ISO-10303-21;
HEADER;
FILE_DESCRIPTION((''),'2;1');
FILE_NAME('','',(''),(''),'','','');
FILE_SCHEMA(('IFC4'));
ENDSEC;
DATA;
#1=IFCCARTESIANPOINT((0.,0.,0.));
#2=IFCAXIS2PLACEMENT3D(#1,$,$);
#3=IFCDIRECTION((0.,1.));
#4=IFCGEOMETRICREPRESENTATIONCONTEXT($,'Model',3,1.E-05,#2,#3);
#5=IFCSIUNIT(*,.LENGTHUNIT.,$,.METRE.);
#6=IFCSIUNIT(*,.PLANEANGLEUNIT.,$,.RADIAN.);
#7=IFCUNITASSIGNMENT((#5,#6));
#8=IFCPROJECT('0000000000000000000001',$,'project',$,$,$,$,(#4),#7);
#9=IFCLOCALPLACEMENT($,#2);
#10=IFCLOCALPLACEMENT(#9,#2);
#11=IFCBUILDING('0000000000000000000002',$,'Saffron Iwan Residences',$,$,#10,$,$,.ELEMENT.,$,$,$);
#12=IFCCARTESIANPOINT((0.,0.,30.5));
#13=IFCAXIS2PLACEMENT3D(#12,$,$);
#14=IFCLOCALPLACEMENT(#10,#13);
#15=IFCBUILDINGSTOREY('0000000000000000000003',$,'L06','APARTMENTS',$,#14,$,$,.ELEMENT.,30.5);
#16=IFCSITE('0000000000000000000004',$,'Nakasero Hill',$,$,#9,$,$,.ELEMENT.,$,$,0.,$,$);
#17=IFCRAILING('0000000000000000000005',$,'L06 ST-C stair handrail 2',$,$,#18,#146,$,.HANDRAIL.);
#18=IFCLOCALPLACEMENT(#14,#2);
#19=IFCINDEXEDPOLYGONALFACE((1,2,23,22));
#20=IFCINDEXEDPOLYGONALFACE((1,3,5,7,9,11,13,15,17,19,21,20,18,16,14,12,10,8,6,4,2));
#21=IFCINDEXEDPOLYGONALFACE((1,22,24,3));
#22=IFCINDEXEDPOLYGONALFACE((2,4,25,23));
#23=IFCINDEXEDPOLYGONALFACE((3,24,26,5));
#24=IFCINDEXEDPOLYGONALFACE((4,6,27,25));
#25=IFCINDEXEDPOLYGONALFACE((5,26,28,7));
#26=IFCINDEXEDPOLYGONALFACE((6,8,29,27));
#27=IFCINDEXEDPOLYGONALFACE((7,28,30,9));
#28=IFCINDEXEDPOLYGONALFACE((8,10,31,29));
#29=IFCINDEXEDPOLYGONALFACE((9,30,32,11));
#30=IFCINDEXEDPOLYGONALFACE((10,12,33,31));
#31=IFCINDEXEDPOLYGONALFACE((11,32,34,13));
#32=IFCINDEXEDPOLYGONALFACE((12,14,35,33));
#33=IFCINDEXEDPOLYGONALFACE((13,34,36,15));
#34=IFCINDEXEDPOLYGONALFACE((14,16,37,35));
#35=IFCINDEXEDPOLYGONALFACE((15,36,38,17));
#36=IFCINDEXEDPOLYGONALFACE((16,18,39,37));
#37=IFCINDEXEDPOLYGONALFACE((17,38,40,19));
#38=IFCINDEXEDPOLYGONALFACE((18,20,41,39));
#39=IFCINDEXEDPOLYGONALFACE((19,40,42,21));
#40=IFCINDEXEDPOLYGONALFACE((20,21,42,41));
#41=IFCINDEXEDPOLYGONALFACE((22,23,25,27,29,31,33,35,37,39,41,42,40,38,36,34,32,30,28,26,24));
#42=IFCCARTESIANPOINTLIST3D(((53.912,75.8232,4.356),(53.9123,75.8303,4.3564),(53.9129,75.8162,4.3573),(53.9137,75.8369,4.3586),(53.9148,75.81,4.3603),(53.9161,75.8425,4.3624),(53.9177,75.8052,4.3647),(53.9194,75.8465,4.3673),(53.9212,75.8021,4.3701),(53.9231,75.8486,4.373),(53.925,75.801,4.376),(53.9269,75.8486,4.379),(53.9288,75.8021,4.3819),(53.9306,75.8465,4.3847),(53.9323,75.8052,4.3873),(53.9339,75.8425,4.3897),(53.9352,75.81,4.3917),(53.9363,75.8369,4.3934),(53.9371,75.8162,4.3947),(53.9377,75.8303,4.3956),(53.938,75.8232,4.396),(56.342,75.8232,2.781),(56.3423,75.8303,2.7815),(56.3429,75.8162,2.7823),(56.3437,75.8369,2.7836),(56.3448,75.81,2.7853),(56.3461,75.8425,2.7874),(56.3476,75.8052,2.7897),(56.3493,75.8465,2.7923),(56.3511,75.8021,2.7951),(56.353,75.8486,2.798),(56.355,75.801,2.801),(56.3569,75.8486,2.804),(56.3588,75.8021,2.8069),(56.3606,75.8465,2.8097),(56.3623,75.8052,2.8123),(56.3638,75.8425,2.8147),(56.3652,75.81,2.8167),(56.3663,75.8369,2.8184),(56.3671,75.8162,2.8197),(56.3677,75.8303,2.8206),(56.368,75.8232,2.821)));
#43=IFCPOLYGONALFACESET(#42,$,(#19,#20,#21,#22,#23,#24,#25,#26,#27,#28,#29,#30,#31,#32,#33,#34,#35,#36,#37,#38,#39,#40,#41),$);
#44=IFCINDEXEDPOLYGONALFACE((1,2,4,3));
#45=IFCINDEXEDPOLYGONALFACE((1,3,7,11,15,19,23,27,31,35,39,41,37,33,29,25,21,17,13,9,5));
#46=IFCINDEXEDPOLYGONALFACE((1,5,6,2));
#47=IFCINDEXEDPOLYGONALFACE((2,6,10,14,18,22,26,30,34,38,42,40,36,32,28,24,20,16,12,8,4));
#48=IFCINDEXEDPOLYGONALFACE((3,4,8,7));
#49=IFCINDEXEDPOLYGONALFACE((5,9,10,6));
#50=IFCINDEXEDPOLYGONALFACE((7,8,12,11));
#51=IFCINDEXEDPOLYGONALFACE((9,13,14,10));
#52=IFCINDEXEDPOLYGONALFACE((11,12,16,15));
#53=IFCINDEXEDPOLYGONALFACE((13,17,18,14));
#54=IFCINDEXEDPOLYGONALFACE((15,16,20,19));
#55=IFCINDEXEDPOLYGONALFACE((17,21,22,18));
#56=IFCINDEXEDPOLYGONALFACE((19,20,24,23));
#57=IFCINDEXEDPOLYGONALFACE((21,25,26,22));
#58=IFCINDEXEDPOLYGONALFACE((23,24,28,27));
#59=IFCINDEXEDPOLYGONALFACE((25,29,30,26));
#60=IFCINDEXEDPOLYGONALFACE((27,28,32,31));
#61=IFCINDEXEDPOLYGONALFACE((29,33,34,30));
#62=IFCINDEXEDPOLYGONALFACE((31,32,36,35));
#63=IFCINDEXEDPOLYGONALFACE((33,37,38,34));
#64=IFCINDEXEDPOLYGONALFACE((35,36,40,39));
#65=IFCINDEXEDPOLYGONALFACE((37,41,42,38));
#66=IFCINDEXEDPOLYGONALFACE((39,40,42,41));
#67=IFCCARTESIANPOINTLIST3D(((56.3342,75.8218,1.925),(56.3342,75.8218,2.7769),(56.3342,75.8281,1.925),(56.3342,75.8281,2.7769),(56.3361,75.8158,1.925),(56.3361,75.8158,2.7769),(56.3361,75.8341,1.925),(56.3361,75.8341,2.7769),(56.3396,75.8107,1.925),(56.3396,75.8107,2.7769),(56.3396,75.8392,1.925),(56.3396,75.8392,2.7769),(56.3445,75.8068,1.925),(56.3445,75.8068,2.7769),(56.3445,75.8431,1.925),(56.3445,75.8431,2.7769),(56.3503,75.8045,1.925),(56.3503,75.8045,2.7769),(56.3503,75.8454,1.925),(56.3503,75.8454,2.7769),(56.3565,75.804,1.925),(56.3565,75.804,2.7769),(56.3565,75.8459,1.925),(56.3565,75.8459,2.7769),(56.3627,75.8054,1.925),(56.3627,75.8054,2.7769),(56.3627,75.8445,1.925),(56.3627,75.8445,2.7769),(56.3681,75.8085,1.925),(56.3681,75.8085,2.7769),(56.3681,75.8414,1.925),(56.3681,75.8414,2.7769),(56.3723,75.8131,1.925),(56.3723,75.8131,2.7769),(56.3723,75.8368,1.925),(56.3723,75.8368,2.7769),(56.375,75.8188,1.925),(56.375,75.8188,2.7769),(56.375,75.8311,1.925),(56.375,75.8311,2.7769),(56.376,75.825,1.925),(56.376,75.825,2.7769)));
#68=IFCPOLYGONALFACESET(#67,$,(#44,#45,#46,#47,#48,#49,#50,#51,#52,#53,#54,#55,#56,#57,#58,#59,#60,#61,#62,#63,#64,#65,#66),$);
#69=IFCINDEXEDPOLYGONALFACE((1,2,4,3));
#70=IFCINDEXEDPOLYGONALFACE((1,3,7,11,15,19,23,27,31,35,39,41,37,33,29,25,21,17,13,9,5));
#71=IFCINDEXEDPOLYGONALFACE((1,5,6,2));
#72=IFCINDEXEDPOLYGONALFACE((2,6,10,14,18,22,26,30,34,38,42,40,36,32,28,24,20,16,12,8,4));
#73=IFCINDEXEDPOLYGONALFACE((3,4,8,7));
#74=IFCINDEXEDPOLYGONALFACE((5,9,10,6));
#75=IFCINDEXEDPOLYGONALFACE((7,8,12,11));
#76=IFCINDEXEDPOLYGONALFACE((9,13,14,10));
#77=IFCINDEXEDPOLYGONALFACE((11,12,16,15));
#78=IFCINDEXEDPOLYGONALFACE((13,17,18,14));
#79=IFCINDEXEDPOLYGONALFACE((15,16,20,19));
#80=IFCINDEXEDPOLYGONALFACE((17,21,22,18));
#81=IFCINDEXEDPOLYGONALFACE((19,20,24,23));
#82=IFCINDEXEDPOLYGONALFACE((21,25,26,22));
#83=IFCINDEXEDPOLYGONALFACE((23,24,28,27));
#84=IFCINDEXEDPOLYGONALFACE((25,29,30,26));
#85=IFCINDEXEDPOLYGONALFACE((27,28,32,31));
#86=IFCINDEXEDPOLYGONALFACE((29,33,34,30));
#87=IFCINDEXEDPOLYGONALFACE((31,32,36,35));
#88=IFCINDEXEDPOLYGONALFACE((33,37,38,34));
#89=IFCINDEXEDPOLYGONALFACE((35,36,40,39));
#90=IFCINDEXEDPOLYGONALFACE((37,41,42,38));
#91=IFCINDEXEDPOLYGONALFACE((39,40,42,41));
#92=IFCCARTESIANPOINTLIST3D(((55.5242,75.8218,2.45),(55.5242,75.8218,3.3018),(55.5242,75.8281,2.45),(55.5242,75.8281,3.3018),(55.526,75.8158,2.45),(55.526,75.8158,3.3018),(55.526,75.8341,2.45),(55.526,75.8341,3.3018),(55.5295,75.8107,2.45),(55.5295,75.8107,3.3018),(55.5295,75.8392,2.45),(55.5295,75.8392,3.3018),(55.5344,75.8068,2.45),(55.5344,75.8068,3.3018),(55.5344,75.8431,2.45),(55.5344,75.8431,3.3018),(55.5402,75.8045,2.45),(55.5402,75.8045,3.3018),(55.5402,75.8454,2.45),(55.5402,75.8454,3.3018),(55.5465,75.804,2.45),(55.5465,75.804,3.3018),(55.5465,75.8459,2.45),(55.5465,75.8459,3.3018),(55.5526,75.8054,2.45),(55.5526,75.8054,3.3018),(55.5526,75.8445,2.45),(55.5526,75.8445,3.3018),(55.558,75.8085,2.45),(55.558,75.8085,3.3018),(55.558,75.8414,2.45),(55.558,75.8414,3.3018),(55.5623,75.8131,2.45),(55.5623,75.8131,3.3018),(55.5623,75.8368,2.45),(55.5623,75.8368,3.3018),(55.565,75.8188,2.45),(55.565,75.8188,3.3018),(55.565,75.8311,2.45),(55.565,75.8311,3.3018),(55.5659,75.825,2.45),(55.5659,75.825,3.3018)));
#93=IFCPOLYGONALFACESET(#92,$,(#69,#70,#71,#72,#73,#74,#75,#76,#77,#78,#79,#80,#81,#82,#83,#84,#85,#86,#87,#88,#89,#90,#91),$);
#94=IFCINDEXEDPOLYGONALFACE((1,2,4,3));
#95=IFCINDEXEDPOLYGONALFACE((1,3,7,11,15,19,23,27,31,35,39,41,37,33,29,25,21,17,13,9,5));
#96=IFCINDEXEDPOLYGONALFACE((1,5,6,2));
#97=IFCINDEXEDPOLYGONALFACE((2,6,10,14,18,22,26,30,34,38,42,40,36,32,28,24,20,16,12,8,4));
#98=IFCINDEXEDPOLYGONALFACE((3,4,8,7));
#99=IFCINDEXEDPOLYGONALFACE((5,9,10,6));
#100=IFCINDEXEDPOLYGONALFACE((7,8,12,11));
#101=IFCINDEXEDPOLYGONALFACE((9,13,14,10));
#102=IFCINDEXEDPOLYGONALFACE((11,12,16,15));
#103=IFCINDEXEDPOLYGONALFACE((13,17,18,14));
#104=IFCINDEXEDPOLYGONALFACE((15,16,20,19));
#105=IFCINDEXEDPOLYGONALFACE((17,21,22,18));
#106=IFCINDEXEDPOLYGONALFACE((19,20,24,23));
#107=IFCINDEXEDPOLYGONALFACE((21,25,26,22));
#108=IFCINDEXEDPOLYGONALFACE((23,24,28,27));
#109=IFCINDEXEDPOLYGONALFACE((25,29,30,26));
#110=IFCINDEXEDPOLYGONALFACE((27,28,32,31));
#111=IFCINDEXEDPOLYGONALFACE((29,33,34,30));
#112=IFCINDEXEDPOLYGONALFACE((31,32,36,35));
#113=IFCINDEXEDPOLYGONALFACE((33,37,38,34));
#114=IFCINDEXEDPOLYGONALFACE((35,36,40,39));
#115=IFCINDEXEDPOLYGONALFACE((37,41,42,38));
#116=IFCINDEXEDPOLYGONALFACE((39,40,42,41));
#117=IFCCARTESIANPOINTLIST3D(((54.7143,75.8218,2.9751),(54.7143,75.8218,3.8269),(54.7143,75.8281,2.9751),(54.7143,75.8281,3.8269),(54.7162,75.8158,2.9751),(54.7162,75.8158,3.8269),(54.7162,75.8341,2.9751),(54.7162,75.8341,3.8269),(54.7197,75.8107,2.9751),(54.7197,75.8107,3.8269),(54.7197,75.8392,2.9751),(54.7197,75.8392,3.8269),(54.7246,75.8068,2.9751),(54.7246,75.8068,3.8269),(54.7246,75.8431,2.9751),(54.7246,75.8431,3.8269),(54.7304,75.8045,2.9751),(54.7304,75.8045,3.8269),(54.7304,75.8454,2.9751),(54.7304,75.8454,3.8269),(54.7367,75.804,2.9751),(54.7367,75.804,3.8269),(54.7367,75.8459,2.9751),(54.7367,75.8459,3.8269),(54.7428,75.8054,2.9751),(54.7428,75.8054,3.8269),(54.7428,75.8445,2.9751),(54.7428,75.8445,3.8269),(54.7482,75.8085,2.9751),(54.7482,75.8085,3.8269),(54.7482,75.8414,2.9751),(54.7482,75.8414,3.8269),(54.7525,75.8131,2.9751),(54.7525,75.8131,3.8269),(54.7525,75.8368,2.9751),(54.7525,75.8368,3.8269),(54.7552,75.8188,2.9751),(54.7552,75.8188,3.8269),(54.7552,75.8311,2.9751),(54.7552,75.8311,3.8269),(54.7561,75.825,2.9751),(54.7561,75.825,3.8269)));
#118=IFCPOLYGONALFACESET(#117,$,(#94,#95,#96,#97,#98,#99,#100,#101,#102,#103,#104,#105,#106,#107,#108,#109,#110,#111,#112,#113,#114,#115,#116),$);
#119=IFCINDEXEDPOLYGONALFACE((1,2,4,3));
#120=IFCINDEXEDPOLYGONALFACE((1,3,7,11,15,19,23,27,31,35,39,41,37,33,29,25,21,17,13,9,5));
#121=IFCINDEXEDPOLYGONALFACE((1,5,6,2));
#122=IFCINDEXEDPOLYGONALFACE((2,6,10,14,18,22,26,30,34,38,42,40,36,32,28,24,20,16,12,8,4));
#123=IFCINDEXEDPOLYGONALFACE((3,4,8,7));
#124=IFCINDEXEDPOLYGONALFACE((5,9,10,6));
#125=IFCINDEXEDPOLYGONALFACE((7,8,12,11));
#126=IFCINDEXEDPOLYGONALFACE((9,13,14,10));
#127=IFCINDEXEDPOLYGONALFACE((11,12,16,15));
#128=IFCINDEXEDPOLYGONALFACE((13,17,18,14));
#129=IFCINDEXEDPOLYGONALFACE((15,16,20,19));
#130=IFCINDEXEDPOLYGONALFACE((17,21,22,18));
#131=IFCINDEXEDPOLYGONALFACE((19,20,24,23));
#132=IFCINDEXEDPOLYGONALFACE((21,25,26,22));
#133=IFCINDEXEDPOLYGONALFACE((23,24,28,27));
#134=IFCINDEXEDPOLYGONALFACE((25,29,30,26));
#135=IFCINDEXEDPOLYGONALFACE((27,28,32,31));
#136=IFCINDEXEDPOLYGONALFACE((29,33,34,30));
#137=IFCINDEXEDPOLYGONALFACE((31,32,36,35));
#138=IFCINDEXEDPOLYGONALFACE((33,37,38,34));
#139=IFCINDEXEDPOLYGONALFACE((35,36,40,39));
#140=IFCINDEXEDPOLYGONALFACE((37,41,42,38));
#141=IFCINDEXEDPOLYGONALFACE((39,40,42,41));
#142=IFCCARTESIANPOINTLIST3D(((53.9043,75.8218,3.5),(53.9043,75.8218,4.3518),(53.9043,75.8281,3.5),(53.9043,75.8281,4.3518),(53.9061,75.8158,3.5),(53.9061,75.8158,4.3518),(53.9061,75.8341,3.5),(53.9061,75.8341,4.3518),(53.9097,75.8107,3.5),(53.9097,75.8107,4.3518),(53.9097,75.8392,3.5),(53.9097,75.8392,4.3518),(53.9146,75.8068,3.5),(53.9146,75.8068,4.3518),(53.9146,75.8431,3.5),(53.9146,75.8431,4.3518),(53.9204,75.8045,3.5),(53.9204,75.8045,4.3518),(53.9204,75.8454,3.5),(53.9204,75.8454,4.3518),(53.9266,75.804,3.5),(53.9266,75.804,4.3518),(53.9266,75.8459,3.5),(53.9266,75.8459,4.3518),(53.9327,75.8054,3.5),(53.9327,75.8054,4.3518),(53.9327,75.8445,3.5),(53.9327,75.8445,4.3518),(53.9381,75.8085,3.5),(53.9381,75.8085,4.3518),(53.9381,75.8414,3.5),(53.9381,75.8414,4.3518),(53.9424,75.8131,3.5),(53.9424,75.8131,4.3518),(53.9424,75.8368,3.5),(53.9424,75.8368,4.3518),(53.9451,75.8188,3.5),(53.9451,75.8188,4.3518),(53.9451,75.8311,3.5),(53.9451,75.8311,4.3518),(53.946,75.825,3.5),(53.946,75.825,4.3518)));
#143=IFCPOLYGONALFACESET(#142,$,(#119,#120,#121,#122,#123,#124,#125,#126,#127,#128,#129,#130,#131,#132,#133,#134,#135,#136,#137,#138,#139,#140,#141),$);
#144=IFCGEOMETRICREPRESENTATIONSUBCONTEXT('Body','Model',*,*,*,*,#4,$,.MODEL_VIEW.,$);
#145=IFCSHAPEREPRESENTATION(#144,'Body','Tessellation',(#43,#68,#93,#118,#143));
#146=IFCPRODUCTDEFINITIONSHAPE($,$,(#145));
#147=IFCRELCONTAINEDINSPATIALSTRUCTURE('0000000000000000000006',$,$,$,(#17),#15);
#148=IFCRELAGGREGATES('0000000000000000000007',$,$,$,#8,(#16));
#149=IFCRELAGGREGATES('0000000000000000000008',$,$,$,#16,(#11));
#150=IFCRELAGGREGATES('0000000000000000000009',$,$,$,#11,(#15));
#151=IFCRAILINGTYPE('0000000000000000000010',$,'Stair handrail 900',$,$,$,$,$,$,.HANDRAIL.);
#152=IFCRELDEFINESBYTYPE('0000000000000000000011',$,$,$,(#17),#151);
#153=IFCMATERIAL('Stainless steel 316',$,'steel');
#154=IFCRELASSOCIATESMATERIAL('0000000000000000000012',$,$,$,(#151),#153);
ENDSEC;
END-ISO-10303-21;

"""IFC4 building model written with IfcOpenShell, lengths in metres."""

from ifc_helpers import new_model, si_unit, direction, frame, origin, origin_2d, place, context, subcontext, project, spatial, circle, extrude, material, type_object, element, save


model = new_model("IFC4")

# Units and contexts
model_context = context("Model", 3, precision=1e-05, world=origin(), true_north=direction((0.0, 1.0)))
body_context = subcontext(model_context, "Body", "Model", "MODEL_VIEW")
ifc_project = project(units=[si_unit("LENGTHUNIT", "METRE"), si_unit("PLANEANGLEUNIT", "RADIAN")], contexts=[model_context])

# Site, building, storey
site_placement = place(None, origin())
site = spatial("IfcSite", under=ifc_project, at=site_placement, Name="Nakasero Hill", CompositionType="ELEMENT", RefElevation=0.0)
building_placement = place(site_placement, origin())
building = spatial("IfcBuilding", under=site, at=building_placement, Name="Saffron Iwan Residences", CompositionType="ELEMENT")
storey_placement = place(building_placement, frame((0.0, 0.0, 30.5)))
storey = spatial("IfcBuildingStorey", under=building, at=storey_placement, Name="L06", Description="APARTMENTS", CompositionType="ELEMENT", Elevation=30.5)

# Railing
ifc_material_1 = material(Name="Stainless steel 316", Category="steel")
railing_type_1 = type_object("IfcRailingType", Name="Stair handrail 900", PredefinedType="HANDRAIL", material=ifc_material_1)
railing_1_placement = place(storey_placement, frame((56.355, 75.825, 1.925)))
element("IfcRailing", 1, at=railing_1_placement, inside=storey, type_object=railing_type_1, Name="L06 ST-C stair handrail 2", PredefinedType="HANDRAIL", context=body_context, shape_type="SweptSolid", body=[
    extrude(circle(Radius=0.0239, at=origin_2d()), frame((0.0, 0.0, 0.876), z_axis=(-0.839154, 0.0, 0.543894), x_axis=(0.0, -1.0, 0.0)), (0.0, 0.0, 1.0), 2.8958),
    extrude(circle(Radius=0.021, at=origin_2d()), origin(), (0.0, 0.0, 1.0), 0.8518),
    extrude(circle(Radius=0.021, at=origin_2d()), frame((-0.8101, 0.0, 0.5249)), (0.0, 0.0, 1.0), 0.8518),
    extrude(circle(Radius=0.021, at=origin_2d()), frame((-1.6199, 0.0, 1.05)), (0.0, 0.0, 1.0), 0.8518),
    extrude(circle(Radius=0.021, at=origin_2d()), frame((-2.4299, 0.0, 1.575)), (0.0, 0.0, 1.0), 0.8518),
])

save(model, "model.ifc")
